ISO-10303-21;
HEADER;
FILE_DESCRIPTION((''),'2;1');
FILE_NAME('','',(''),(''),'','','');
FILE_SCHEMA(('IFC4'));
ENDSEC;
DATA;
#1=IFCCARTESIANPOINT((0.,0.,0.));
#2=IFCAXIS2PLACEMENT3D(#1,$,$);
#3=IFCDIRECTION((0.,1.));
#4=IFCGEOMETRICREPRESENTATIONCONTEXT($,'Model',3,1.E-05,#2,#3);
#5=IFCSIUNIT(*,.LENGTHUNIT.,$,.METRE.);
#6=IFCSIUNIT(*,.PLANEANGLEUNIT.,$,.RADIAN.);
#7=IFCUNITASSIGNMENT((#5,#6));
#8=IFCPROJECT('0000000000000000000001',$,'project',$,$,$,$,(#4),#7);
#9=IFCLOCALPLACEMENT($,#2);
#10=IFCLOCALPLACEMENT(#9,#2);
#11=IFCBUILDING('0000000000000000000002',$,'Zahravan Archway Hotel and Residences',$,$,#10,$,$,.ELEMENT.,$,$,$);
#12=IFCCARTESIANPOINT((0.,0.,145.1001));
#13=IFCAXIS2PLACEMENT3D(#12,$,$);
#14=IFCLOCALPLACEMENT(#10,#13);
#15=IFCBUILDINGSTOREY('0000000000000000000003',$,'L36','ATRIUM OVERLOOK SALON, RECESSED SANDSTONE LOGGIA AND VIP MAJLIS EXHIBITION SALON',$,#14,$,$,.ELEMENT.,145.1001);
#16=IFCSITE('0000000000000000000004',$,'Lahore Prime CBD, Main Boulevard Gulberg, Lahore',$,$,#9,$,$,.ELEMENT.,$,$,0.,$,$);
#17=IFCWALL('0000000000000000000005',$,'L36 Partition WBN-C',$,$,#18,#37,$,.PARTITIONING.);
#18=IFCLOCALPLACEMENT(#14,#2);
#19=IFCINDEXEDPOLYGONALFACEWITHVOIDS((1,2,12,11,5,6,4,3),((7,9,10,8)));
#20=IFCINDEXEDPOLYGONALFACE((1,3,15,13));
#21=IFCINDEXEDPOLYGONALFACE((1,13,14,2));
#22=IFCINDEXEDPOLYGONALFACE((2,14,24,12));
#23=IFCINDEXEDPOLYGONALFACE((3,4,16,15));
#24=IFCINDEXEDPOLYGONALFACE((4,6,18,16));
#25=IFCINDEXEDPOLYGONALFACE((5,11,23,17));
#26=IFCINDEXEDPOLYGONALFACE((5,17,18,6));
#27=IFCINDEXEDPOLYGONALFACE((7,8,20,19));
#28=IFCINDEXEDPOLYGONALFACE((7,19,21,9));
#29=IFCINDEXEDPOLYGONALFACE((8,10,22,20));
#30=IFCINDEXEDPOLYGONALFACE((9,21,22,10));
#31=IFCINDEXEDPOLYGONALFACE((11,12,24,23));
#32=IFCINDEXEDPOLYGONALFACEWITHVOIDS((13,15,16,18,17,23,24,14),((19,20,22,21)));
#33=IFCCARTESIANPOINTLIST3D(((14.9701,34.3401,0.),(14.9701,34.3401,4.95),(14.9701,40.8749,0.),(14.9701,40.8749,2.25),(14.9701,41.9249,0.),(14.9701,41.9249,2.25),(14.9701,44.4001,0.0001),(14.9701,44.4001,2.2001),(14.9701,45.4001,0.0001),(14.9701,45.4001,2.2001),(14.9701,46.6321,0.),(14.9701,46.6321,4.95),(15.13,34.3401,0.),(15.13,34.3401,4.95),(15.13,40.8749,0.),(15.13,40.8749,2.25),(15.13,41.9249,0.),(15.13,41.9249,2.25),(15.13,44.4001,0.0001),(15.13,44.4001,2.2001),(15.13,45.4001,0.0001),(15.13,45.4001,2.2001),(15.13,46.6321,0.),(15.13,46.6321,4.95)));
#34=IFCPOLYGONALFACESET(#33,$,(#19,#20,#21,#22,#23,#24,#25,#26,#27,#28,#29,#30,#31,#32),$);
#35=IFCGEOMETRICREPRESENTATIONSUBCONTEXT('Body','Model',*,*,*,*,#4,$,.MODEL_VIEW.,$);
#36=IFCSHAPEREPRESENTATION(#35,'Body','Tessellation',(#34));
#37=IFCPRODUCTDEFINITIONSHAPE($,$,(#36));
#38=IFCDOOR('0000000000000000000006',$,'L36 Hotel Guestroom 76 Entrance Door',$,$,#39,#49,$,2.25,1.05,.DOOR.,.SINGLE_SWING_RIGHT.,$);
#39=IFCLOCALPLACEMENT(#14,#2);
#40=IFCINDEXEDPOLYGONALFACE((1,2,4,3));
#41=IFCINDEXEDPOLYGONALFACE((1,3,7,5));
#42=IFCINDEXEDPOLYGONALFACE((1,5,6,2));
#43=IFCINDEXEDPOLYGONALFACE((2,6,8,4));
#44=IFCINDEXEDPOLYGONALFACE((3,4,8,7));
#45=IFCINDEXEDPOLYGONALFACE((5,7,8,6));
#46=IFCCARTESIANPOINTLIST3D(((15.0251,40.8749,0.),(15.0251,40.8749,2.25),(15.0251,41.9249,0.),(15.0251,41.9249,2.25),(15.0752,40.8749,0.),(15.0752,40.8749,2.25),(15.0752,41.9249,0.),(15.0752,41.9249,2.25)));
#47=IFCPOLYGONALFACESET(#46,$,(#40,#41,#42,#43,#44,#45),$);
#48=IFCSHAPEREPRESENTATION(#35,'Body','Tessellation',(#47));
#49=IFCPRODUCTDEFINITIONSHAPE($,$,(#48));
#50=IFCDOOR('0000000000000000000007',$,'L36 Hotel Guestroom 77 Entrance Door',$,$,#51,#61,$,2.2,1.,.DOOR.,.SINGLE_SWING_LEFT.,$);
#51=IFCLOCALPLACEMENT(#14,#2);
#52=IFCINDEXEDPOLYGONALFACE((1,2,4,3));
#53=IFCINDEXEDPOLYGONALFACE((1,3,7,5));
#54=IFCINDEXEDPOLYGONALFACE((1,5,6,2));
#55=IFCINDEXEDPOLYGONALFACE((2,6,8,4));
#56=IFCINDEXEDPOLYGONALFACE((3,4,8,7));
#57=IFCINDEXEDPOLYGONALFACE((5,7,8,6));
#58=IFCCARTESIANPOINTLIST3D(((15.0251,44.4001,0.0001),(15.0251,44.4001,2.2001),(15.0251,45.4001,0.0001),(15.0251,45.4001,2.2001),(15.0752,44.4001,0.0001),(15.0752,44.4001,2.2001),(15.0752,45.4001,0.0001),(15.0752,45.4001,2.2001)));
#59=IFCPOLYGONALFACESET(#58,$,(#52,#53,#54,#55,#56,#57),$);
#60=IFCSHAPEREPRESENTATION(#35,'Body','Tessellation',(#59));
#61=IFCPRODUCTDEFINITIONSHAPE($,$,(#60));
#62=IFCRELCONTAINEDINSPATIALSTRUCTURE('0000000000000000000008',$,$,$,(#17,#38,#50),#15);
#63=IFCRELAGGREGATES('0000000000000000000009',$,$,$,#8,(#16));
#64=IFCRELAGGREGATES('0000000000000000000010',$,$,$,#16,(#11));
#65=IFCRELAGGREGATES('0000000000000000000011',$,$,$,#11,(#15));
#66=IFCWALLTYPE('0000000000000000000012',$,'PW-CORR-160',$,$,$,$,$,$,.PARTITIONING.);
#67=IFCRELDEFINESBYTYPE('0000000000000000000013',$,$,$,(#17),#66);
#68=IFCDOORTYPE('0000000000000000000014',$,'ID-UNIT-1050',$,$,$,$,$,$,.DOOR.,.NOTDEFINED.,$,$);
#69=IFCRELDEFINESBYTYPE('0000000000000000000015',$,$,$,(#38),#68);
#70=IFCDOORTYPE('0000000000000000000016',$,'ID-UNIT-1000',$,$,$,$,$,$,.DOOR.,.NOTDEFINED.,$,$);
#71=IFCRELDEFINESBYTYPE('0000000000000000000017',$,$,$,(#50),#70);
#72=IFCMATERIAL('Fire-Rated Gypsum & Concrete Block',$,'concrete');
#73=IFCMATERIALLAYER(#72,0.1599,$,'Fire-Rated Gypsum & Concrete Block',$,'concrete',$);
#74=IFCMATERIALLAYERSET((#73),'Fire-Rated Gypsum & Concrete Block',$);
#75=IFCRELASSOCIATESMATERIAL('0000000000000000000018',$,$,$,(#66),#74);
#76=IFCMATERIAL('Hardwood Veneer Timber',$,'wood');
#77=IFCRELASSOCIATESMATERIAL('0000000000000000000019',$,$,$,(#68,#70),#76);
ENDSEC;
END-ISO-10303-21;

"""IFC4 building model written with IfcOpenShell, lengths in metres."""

from ifc_helpers import new_model, si_unit, direction, frame, frame_2d, origin, place, context, subcontext, project, spatial, rectangle, extrude, source, transform, mapped, material, layer, layer_set, type_object, type_shapes, element, fill, save


model = new_model("IFC4")

# Units and contexts
model_context = context("Model", 3, precision=1e-05, world=origin(), true_north=direction((0.0, 1.0)))
body_context = subcontext(model_context, "Body", "Model", "MODEL_VIEW")
ifc_project = project(units=[si_unit("LENGTHUNIT", "METRE"), si_unit("PLANEANGLEUNIT", "RADIAN")], contexts=[model_context])

# Site, building, storey
site_placement = place(None, origin())
site = spatial("IfcSite", under=ifc_project, at=site_placement, Name="Lahore Prime CBD, Main Boulevard Gulberg, Lahore", CompositionType="ELEMENT", RefElevation=0.0)
building_placement = place(site_placement, origin())
building = spatial("IfcBuilding", under=site, at=building_placement, Name="Zahravan Archway Hotel and Residences", CompositionType="ELEMENT")
storey_placement = place(building_placement, frame((0.0, 0.0, 145.1001)))
storey = spatial("IfcBuildingStorey", under=building, at=storey_placement, Name="L36", Description="ATRIUM OVERLOOK SALON, RECESSED SANDSTONE LOGGIA AND VIP MAJLIS EXHIBITION SALON", CompositionType="ELEMENT", Elevation=145.1001)

# Wall, openings, doors
ifc_material_1 = material(Name="Fire-Rated Gypsum & Concrete Block", Category="concrete")
ifc_layer_1 = layer(ifc_material_1, 0.1599, Name="Fire-Rated Gypsum & Concrete Block", Category="concrete")
ifc_layer_set_1 = layer_set([ifc_layer_1], Name="Fire-Rated Gypsum & Concrete Block")
wall_type = type_object("IfcWallType", Name="PW-CORR-160", PredefinedType="PARTITIONING", material=ifc_layer_set_1)
wall_placement = place(storey_placement, frame((15.05, 34.3401, 0.0), z_axis=(0.0, 0.0, 1.0), x_axis=(0.0, 1.0, 0.0)))
wall = element("IfcWall", 1, at=wall_placement, inside=storey, type_object=wall_type, Name="L36 Partition WBN-C", PredefinedType="PARTITIONING", context=body_context, shape_type="SweptSolid", body=[
    extrude(rectangle(XDim=12.292, YDim=0.1599, at=frame_2d((6.146, 0.0))), origin(), (0.0, 0.0, 1.0), 4.95),
])
opening_1_placement = place(wall_placement, frame((6.5349, 0.0, 0.0)))
opening_1 = element("IfcOpeningElement", 2, at=opening_1_placement, cuts=wall, PredefinedType="OPENING", context=body_context, shape_type="SweptSolid", body=[
    extrude(rectangle(XDim=1.05, YDim=2.25, at=frame_2d((0.5249, 1.125))), frame((0.0, 0.0898, 0.0), z_axis=(0.0, -1.0, 0.0), x_axis=(1.0, 0.0, 0.0)), (0.0, 0.0, 1.0), 0.1799),
])
opening_2_placement = place(wall_placement, frame((10.0601, 0.0, 0.0)))
opening_2 = element("IfcOpeningElement", 3, at=opening_2_placement, cuts=wall, PredefinedType="OPENING", context=body_context, shape_type="SweptSolid", body=[
    extrude(rectangle(XDim=1.0, YDim=2.2, at=frame_2d((0.5, 1.1001))), frame((0.0, 0.0898, 0.0), z_axis=(0.0, -1.0, 0.0), x_axis=(1.0, 0.0, 0.0)), (0.0, 0.0, 1.0), 0.1799),
])
ifc_material_2 = material(Name="Hardwood Veneer Timber", Category="wood")
door_type_1 = type_object("IfcDoorType", Name="ID-UNIT-1050", OperationType="NOTDEFINED", PredefinedType="DOOR", material=ifc_material_2)
shared_shape_1 = source(origin(), body_context, "Body", "SweptSolid", [
    extrude(rectangle(XDim=1.05, YDim=2.25, at=frame_2d((0.5249, 1.125))), frame((0.0, 0.0249, 0.0), z_axis=(0.0, -1.0, 0.0), x_axis=(1.0, 0.0, 0.0)), (0.0, 0.0, 1.0), 0.05),
])
type_shapes(door_type_1, [shared_shape_1])
door_1_placement = place(opening_1_placement, origin())
door_1 = element("IfcDoor", 4, at=door_1_placement, inside=storey, type_object=door_type_1, Name="L36 Hotel Guestroom 76 Entrance Door", OperationType="SINGLE_SWING_RIGHT", OverallHeight=2.25, OverallWidth=1.05, PredefinedType="DOOR", context=body_context, shape_type="MappedRepresentation", body=[
    mapped(shared_shape_1, transform((0.0, 0.0, 0.0), scale=1.0)),
])
fill(opening_1, door_1)
door_type_2 = type_object("IfcDoorType", Name="ID-UNIT-1000", OperationType="NOTDEFINED", PredefinedType="DOOR", material=ifc_material_2)
shared_shape_2 = source(origin(), body_context, "Body", "SweptSolid", [
    extrude(rectangle(XDim=1.0, YDim=2.2, at=frame_2d((0.5, 1.1001))), frame((0.0, 0.0249, 0.0), z_axis=(0.0, -1.0, 0.0), x_axis=(1.0, 0.0, 0.0)), (0.0, 0.0, 1.0), 0.05),
])
type_shapes(door_type_2, [shared_shape_2])
door_2_placement = place(opening_2_placement, origin())
door_2 = element("IfcDoor", 5, at=door_2_placement, inside=storey, type_object=door_type_2, Name="L36 Hotel Guestroom 77 Entrance Door", OperationType="SINGLE_SWING_LEFT", OverallHeight=2.2, OverallWidth=1.0, PredefinedType="DOOR", context=body_context, shape_type="MappedRepresentation", body=[
    mapped(shared_shape_2, transform((0.0, 0.0, 0.0), scale=1.0)),
])
fill(opening_2, door_2)

save(model, "model.ifc")
